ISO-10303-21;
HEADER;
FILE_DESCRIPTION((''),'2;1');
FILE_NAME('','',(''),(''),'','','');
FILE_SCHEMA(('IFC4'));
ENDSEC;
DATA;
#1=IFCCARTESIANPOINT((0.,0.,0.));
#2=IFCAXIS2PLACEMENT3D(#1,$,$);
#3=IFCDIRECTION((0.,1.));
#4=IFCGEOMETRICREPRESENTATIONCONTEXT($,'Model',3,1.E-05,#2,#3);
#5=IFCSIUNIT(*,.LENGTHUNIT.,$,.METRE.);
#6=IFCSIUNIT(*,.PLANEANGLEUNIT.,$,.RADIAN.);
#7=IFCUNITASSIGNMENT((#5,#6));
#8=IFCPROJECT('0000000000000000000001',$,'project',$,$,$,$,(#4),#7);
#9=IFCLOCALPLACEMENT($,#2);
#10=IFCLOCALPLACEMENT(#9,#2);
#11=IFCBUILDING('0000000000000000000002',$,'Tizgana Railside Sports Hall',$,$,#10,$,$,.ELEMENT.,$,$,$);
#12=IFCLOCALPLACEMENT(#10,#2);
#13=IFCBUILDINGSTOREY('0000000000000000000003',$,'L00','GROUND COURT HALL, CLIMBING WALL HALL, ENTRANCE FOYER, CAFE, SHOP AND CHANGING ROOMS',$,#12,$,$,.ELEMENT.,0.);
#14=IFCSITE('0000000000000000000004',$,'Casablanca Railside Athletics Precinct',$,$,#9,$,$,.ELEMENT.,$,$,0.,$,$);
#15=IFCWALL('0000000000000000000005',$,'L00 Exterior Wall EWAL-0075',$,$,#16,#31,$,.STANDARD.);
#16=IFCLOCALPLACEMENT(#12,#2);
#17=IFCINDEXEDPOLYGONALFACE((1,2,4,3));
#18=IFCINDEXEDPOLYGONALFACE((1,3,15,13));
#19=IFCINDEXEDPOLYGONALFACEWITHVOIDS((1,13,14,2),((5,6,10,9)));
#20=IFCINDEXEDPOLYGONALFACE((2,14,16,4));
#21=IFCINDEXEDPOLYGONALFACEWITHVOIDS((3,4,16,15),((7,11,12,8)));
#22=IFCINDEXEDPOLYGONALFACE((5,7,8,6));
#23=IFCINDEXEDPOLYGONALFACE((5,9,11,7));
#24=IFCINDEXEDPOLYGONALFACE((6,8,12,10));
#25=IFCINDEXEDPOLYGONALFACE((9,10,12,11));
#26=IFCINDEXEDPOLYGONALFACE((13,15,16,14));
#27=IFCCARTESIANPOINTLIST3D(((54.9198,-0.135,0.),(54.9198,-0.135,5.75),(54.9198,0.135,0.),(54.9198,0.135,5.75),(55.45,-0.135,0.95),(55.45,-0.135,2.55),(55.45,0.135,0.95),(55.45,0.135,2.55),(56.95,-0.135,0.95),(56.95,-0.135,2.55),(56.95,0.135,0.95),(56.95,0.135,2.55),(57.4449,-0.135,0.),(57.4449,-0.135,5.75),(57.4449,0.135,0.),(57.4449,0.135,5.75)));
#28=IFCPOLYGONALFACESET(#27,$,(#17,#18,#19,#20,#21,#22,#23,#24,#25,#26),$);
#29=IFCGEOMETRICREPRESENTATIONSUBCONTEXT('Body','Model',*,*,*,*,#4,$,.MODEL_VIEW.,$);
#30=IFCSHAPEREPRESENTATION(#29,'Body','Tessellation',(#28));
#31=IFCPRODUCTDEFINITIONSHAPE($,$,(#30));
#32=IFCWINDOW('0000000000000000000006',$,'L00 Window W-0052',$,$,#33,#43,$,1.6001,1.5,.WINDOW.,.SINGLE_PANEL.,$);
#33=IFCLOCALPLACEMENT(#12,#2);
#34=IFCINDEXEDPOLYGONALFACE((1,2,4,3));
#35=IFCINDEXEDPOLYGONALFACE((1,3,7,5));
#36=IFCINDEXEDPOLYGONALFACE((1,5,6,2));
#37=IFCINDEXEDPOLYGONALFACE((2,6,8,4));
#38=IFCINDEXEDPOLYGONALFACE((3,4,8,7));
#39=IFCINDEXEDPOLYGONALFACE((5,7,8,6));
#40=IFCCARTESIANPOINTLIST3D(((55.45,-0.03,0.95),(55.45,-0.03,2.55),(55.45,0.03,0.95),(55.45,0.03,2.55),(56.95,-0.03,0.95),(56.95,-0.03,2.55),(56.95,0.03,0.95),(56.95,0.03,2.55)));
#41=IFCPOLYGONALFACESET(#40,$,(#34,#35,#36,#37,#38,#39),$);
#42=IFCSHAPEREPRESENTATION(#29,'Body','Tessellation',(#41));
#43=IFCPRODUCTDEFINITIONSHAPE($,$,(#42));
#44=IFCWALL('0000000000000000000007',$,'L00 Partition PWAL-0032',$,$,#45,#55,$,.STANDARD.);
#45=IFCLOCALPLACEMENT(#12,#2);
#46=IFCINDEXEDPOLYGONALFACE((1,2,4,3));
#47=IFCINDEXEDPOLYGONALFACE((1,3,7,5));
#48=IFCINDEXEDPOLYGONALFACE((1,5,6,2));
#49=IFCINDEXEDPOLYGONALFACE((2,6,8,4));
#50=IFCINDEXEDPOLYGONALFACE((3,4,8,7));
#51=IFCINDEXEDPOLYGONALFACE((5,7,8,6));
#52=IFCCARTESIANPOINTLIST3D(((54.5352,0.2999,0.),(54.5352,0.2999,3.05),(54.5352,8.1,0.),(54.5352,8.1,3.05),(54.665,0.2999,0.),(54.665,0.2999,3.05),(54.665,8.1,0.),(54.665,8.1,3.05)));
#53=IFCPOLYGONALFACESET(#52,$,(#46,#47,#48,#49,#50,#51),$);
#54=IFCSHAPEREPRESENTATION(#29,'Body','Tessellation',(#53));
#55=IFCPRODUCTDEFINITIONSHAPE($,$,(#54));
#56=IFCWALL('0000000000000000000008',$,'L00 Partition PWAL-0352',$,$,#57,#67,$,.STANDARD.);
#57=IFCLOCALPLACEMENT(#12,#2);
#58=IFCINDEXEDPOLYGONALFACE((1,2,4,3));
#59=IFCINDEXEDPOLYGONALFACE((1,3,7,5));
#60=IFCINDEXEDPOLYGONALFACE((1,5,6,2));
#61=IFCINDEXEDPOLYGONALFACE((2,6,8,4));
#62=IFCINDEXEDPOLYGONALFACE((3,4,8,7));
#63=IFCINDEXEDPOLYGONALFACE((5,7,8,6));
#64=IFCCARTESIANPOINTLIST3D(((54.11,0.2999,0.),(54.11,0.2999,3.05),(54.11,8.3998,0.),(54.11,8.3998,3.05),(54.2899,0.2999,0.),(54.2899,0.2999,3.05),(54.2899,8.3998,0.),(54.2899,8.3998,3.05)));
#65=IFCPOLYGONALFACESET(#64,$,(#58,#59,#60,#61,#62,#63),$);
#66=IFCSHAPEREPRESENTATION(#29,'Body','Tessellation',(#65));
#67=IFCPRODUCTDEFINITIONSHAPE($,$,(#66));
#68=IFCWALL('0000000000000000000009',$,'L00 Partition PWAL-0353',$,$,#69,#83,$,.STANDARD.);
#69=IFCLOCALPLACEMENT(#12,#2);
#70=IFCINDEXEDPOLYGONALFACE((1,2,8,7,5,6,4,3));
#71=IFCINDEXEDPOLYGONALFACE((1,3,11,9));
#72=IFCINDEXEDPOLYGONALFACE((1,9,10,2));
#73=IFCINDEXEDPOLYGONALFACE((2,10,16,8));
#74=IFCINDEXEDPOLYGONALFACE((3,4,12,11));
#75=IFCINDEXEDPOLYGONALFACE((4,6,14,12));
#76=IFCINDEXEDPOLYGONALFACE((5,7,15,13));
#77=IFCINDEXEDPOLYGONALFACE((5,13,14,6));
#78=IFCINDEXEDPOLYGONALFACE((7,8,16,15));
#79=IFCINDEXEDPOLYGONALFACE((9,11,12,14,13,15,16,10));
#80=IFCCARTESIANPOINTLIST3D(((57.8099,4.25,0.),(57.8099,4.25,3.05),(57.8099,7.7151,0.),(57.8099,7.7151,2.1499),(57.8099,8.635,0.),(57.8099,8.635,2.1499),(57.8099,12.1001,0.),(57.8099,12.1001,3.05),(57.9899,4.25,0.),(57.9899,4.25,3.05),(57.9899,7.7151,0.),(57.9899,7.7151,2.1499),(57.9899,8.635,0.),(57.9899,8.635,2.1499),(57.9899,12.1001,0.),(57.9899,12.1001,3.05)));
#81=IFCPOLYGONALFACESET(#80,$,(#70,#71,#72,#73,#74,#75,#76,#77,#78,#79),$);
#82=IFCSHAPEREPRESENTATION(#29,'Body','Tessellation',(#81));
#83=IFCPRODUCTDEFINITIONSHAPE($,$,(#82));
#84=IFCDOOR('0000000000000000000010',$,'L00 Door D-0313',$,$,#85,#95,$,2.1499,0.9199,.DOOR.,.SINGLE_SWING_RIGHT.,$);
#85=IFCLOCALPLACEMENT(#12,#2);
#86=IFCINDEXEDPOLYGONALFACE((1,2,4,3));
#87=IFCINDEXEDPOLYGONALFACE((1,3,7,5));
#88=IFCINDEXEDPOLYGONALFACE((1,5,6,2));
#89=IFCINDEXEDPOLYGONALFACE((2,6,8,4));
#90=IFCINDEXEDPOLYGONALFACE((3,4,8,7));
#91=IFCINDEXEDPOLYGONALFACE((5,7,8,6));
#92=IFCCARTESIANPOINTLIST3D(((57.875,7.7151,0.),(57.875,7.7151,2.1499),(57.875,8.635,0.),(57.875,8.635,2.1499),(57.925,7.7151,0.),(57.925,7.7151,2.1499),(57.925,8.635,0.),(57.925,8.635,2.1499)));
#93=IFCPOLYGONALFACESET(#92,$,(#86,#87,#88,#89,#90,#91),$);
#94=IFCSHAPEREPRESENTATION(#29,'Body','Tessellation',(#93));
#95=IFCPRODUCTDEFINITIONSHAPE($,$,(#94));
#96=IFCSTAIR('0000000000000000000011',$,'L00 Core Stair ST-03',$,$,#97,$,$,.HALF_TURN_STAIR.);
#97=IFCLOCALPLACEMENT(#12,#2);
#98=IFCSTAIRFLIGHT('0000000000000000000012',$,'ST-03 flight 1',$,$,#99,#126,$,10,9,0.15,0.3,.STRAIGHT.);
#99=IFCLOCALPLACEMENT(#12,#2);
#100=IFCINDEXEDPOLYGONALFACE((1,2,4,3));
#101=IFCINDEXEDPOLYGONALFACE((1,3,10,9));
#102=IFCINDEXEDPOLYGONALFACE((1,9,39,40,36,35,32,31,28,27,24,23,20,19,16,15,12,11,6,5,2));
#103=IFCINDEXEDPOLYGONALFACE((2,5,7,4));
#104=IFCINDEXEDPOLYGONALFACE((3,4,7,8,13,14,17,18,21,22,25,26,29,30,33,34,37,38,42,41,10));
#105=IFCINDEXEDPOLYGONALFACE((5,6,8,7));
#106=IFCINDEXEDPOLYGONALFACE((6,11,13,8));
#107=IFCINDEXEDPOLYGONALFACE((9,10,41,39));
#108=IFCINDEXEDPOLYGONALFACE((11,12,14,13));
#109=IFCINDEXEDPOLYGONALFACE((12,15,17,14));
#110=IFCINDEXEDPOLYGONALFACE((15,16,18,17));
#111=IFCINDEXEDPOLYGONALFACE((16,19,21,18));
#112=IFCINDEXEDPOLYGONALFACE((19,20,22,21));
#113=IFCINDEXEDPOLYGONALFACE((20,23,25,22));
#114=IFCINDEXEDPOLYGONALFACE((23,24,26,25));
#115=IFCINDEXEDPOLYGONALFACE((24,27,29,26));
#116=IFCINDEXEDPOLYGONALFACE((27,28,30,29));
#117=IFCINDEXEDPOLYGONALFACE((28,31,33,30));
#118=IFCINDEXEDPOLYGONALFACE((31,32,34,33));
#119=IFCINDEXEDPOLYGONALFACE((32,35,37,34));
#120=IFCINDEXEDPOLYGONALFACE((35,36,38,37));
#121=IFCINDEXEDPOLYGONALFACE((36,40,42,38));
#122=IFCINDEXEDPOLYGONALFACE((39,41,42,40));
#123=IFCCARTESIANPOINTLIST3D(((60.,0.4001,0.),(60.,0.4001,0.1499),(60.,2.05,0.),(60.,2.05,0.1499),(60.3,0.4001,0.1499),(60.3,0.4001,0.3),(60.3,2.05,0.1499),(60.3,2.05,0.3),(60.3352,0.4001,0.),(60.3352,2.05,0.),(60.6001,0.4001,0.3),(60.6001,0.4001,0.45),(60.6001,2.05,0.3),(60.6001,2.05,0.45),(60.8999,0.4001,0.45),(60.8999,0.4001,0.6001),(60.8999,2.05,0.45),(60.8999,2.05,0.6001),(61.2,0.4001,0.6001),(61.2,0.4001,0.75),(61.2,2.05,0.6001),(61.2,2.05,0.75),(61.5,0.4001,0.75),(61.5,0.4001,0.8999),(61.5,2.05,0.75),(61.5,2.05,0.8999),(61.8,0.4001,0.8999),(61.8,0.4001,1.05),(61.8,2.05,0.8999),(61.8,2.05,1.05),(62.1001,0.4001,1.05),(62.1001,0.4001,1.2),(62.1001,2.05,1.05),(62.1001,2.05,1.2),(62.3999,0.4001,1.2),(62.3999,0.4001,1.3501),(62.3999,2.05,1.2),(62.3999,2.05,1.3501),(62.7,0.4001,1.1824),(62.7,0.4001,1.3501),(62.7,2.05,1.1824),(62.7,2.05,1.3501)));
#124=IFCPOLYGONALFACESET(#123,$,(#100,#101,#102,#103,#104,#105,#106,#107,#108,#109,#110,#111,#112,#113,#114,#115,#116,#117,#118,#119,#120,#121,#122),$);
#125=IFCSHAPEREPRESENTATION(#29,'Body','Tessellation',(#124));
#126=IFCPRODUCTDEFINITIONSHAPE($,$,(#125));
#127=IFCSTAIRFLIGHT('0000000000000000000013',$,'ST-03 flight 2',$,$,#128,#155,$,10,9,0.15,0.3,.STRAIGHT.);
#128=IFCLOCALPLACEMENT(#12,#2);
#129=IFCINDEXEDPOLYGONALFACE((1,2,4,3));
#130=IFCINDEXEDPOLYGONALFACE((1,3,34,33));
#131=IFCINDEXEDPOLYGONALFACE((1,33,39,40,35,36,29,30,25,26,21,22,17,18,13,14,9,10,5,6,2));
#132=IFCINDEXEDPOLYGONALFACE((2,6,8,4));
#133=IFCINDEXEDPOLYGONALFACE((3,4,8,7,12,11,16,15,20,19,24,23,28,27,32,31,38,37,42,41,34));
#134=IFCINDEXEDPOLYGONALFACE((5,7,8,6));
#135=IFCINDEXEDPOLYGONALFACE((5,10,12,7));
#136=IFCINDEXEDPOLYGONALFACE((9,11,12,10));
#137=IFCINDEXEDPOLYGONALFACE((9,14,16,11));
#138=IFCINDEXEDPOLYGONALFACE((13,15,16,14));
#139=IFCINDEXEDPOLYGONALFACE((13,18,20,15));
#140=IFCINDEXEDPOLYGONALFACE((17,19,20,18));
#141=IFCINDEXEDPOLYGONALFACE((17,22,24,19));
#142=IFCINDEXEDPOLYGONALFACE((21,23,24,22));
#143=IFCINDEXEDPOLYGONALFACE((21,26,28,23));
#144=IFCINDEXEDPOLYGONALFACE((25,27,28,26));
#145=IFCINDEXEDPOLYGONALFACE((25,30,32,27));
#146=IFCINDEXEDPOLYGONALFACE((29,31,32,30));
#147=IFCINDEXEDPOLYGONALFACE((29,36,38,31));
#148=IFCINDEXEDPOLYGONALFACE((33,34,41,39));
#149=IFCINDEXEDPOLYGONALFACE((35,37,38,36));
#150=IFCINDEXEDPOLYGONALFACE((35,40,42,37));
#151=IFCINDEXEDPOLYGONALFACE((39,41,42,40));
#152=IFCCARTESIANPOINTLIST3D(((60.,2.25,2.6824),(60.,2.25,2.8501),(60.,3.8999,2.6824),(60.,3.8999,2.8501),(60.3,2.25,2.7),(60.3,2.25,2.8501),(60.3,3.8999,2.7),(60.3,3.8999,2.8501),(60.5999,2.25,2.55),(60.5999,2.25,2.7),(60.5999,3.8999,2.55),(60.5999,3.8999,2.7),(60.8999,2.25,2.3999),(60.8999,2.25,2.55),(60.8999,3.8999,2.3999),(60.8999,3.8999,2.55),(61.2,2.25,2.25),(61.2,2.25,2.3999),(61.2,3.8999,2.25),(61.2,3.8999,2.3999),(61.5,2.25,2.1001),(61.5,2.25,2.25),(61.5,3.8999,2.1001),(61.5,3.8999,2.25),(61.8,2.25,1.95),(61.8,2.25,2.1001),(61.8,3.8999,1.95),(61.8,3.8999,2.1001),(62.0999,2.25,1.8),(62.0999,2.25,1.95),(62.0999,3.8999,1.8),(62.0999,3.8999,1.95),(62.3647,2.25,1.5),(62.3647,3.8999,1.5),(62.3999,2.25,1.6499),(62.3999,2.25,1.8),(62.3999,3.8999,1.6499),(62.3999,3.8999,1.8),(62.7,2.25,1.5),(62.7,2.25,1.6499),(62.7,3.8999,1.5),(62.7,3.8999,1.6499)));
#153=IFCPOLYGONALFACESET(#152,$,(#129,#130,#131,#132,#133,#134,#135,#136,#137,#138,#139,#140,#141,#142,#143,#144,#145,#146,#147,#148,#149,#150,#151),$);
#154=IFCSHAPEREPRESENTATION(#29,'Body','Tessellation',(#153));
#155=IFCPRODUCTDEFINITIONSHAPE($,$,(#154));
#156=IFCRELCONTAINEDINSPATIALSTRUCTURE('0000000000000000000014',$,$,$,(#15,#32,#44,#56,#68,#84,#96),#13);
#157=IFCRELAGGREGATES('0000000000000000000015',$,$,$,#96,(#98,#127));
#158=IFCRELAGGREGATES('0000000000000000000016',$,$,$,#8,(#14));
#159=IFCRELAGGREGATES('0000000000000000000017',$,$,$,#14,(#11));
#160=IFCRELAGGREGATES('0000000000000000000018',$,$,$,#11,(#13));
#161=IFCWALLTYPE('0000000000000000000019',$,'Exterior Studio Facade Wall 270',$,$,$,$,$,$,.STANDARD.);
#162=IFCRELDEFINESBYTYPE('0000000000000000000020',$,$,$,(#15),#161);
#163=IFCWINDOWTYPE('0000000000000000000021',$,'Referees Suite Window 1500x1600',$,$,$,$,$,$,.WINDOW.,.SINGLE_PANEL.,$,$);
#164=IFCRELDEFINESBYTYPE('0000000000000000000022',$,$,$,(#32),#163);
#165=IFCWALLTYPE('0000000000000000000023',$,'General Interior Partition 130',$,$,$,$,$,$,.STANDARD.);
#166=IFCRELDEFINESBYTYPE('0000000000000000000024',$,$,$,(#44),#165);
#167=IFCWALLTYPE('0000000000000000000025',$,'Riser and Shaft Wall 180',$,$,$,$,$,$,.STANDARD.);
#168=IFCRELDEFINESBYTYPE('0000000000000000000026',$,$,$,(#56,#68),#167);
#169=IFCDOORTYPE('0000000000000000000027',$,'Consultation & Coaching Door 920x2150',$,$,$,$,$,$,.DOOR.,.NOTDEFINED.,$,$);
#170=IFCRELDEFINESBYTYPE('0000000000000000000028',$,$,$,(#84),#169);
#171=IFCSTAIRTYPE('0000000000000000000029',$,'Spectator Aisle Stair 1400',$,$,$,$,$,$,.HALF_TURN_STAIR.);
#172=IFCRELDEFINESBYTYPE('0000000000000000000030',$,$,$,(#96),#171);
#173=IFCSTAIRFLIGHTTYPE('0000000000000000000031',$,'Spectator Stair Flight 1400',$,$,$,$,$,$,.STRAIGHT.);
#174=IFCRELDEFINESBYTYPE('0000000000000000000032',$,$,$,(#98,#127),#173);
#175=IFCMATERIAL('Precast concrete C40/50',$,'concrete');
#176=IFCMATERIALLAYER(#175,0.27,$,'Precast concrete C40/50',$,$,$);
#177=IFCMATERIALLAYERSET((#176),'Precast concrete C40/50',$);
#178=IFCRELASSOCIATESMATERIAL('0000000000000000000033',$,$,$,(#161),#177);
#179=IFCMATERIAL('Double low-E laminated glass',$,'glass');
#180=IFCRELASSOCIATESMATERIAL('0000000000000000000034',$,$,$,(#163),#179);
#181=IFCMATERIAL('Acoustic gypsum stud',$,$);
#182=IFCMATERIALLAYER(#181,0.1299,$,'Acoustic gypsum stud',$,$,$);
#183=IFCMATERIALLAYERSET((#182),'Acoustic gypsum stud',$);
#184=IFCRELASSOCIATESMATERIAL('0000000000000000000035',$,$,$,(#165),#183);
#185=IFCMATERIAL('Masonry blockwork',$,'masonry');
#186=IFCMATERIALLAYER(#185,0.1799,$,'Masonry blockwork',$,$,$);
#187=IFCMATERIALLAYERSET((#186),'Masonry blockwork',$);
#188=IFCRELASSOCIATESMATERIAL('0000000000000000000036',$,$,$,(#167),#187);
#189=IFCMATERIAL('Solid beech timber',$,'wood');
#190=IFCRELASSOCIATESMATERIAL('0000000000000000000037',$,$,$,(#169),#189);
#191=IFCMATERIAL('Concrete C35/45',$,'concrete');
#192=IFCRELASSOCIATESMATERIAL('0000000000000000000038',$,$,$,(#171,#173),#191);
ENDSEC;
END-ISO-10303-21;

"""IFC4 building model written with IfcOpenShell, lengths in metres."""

from ifc_helpers import new_model, si_unit, direction, frame, frame_2d, origin, place, context, subcontext, project, spatial, polyline, rectangle, outline, extrude, material, layer, layer_set, type_object, element, fill, aggregate, save


model = new_model("IFC4")

# Units and contexts
model_context = context("Model", 3, precision=1e-05, world=origin(), true_north=direction((0.0, 1.0)))
body_context = subcontext(model_context, "Body", "Model", "MODEL_VIEW")
ifc_project = project(units=[si_unit("LENGTHUNIT", "METRE"), si_unit("PLANEANGLEUNIT", "RADIAN")], contexts=[model_context])

# Site, building, storey
site_placement = place(None, origin())
site = spatial("IfcSite", under=ifc_project, at=site_placement, Name="Casablanca Railside Athletics Precinct", CompositionType="ELEMENT", RefElevation=0.0)
building_placement = place(site_placement, origin())
building = spatial("IfcBuilding", under=site, at=building_placement, Name="Tizgana Railside Sports Hall", CompositionType="ELEMENT")
storey_placement = place(building_placement, origin())
storey = spatial("IfcBuildingStorey", under=building, at=storey_placement, Name="L00", Description="GROUND COURT HALL, CLIMBING WALL HALL, ENTRANCE FOYER, CAFE, SHOP AND CHANGING ROOMS", CompositionType="ELEMENT", Elevation=0.0)

# Shared definitions
ifc_material_1 = material(Name="Concrete C35/45", Category="concrete")

# Wall, opening, window
ifc_material_2 = material(Name="Precast concrete C40/50", Category="concrete")
ifc_layer_1 = layer(ifc_material_2, 0.27, Name="Precast concrete C40/50")
ifc_layer_set_1 = layer_set([ifc_layer_1], Name="Precast concrete C40/50")
wall_type_1 = type_object("IfcWallType", Name="Exterior Studio Facade Wall 270", PredefinedType="STANDARD", material=ifc_layer_set_1)
ifc_material_3 = material(Name="Double low-E laminated glass", Category="glass")
wall_1_placement = place(storey_placement, frame((57.4451, 0.0, 0.0), z_axis=(0.0, 0.0, 1.0), x_axis=(-1.0, 0.0, 0.0)))
wall_1 = element("IfcWall", 1, at=wall_1_placement, inside=storey, type_object=wall_type_1, Name="L00 Exterior Wall EWAL-0075", PredefinedType="STANDARD", context=body_context, shape_type="SweptSolid", body=[
    extrude(rectangle(XDim=2.5251, YDim=0.27, at=frame_2d((1.2627, 0.0))), origin(), (0.0, 0.0, 1.0), 5.75),
])
opening_1_placement = place(wall_1_placement, frame((0.4951, 0.0, 0.95)))
opening_1 = element("IfcOpeningElement", 2, at=opening_1_placement, cuts=wall_1, PredefinedType="OPENING", context=body_context, shape_type="SweptSolid", body=[
    extrude(rectangle(XDim=1.5, YDim=1.6001, at=frame_2d((0.75, 0.8))), frame((0.0, 0.145, 0.0), z_axis=(0.0, -1.0, 0.0), x_axis=(1.0, 0.0, 0.0)), (0.0, 0.0, 1.0), 0.29),
])
window_type_1 = type_object("IfcWindowType", Name="Referees Suite Window 1500x1600", PartitioningType="SINGLE_PANEL", PredefinedType="WINDOW", material=ifc_material_3)
window_1_placement = place(opening_1_placement, origin())
window_1 = element("IfcWindow", 3, at=window_1_placement, inside=storey, type_object=window_type_1, Name="L00 Window W-0052", OverallHeight=1.6001, OverallWidth=1.5, PartitioningType="SINGLE_PANEL", PredefinedType="WINDOW", context=body_context, shape_type="SweptSolid", body=[
    extrude(rectangle(XDim=1.5, YDim=1.6001, at=frame_2d((0.75, 0.8))), frame((0.0, 0.03, 0.0), z_axis=(0.0, -1.0, 0.0), x_axis=(1.0, 0.0, 0.0)), (0.0, 0.0, 1.0), 0.0601),
])
fill(opening_1, window_1)

# Walls
ifc_material_4 = material(Name="Acoustic gypsum stud")
ifc_layer_2 = layer(ifc_material_4, 0.1299, Name="Acoustic gypsum stud")
ifc_layer_set_2 = layer_set([ifc_layer_2], Name="Acoustic gypsum stud")
wall_type_2 = type_object("IfcWallType", Name="General Interior Partition 130", PredefinedType="STANDARD", material=ifc_layer_set_2)
wall_2_placement = place(storey_placement, frame((54.6001, 0.3, 0.0), z_axis=(0.0, 0.0, 1.0), x_axis=(0.0, 1.0, 0.0)))
element("IfcWall", 4, at=wall_2_placement, inside=storey, type_object=wall_type_2, Name="L00 Partition PWAL-0032", PredefinedType="STANDARD", context=body_context, shape_type="SweptSolid", body=[
    extrude(rectangle(XDim=7.8, YDim=0.1299, at=frame_2d((3.8999, 0.0))), origin(), (0.0, 0.0, 1.0), 3.05),
])
ifc_material_5 = material(Name="Masonry blockwork", Category="masonry")
ifc_layer_3 = layer(ifc_material_5, 0.1799, Name="Masonry blockwork")
ifc_layer_set_3 = layer_set([ifc_layer_3], Name="Masonry blockwork")
wall_type_3 = type_object("IfcWallType", Name="Riser and Shaft Wall 180", PredefinedType="STANDARD", material=ifc_layer_set_3)
wall_3_placement = place(storey_placement, frame((54.2, 0.3, 0.0), z_axis=(0.0, 0.0, 1.0), x_axis=(0.0, 1.0, 0.0)))
element("IfcWall", 5, at=wall_3_placement, inside=storey, type_object=wall_type_3, Name="L00 Partition PWAL-0352", PredefinedType="STANDARD", context=body_context, shape_type="SweptSolid", body=[
    extrude(rectangle(XDim=8.0999, YDim=0.1799, at=frame_2d((4.0498, 0.0))), origin(), (0.0, 0.0, 1.0), 3.05),
])

# Wall, opening, door
wall_4_placement = place(storey_placement, frame((57.8999, 4.25, 0.0), z_axis=(0.0, 0.0, 1.0), x_axis=(0.0, 1.0, 0.0)))
wall_4 = element("IfcWall", 6, at=wall_4_placement, inside=storey, type_object=wall_type_3, Name="L00 Partition PWAL-0353", PredefinedType="STANDARD", context=body_context, shape_type="SweptSolid", body=[
    extrude(rectangle(XDim=7.8501, YDim=0.1799, at=frame_2d((3.925, 0.0))), origin(), (0.0, 0.0, 1.0), 3.05),
])
opening_2_placement = place(wall_4_placement, frame((3.4651, 0.0, 0.0)))
opening_2 = element("IfcOpeningElement", 7, at=opening_2_placement, cuts=wall_4, PredefinedType="OPENING", context=body_context, shape_type="SweptSolid", body=[
    extrude(rectangle(XDim=0.9199, YDim=2.1499, at=frame_2d((0.46, 1.075))), frame((0.0, 0.0999, 0.0), z_axis=(0.0, -1.0, 0.0), x_axis=(1.0, 0.0, 0.0)), (0.0, 0.0, 1.0), 0.2),
])
ifc_material_6 = material(Name="Solid beech timber", Category="wood")
door_type_1 = type_object("IfcDoorType", Name="Consultation & Coaching Door 920x2150", OperationType="NOTDEFINED", PredefinedType="DOOR", material=ifc_material_6)
door_1_placement = place(opening_2_placement, origin())
door_1 = element("IfcDoor", 8, at=door_1_placement, inside=storey, type_object=door_type_1, Name="L00 Door D-0313", OperationType="SINGLE_SWING_RIGHT", OverallHeight=2.1499, OverallWidth=0.9199, PredefinedType="DOOR", context=body_context, shape_type="SweptSolid", body=[
    extrude(rectangle(XDim=0.9199, YDim=2.1499, at=frame_2d((0.46, 1.075))), frame((0.0, 0.0249, 0.0), z_axis=(0.0, -1.0, 0.0), x_axis=(1.0, 0.0, 0.0)), (0.0, 0.0, 1.0), 0.05),
])
fill(opening_2, door_1)

# Stair, stair flights
stair_type = type_object("IfcStairType", Name="Spectator Aisle Stair 1400", PredefinedType="HALF_TURN_STAIR", material=ifc_material_1)
stair_placement = place(storey_placement, origin())
stair = element("IfcStair", 9, at=stair_placement, inside=storey, type_object=stair_type, Name="L00 Core Stair ST-03", PredefinedType="HALF_TURN_STAIR")
stair_flight_type = type_object("IfcStairFlightType", Name="Spectator Stair Flight 1400", PredefinedType="STRAIGHT", material=ifc_material_1)
stair_flight_1_placement = place(storey_placement, frame((60.0, 1.2251, 0.0), z_axis=(0.0, 0.0, 1.0), x_axis=(1.0, 0.0, 0.0)))
stair_flight_1 = element("IfcStairFlight", 10, at=stair_flight_1_placement, type_object=stair_flight_type, Name="ST-03 flight 1", NumberOfRisers=10, NumberOfTreads=9, PredefinedType="STRAIGHT", RiserHeight=0.15, TreadLength=0.3, context=body_context, shape_type="SweptSolid", body=[
    extrude(outline(polyline([(0.0, 0.0), (0.0, 0.1499), (0.3, 0.1499), (0.3, 0.3), (0.6001, 0.3), (0.6001, 0.45), (0.8999, 0.45), (0.8999, 0.6001), (1.2, 0.6001), (1.2, 0.75), (1.5, 0.75), (1.5, 0.8999), (1.8, 0.8999), (1.8, 1.05), (2.1001, 1.05), (2.1001, 1.2), (2.3999, 1.2), (2.3999, 1.3501), (2.7, 1.3501), (2.7, 1.5), (2.7, 1.1824), (0.3352, 0.0), (0.0, 0.0)])), frame((0.0, 0.825, 0.0), z_axis=(0.0, -1.0, 0.0), x_axis=(1.0, 0.0, 0.0)), (0.0, 0.0, 1.0), 1.6499),
])
stair_flight_2_placement = place(storey_placement, frame((62.7, 3.075, 1.5), z_axis=(0.0, 0.0, 1.0), x_axis=(-1.0, 0.0, 0.0)))
stair_flight_2 = element("IfcStairFlight", 11, at=stair_flight_2_placement, type_object=stair_flight_type, Name="ST-03 flight 2", NumberOfRisers=10, NumberOfTreads=9, PredefinedType="STRAIGHT", RiserHeight=0.15, TreadLength=0.3, context=body_context, shape_type="SweptSolid", body=[
    extrude(outline(polyline([(0.0, 0.0), (0.0, 0.1499), (0.3, 0.1499), (0.3, 0.3), (0.6001, 0.3), (0.6001, 0.45), (0.8999, 0.45), (0.8999, 0.6001), (1.2, 0.6001), (1.2, 0.75), (1.5, 0.75), (1.5, 0.8999), (1.8, 0.8999), (1.8, 1.05), (2.1001, 1.05), (2.1001, 1.2), (2.3999, 1.2), (2.3999, 1.3501), (2.7, 1.3501), (2.7, 1.5), (2.7, 1.1824), (0.3352, 0.0), (0.0, 0.0)])), frame((0.0, 0.825, 0.0), z_axis=(0.0, -1.0, 0.0), x_axis=(1.0, 0.0, 0.0)), (0.0, 0.0, 1.0), 1.6499),
])
aggregate(stair, [stair_flight_1, stair_flight_2])

save(model, "model.ifc")
